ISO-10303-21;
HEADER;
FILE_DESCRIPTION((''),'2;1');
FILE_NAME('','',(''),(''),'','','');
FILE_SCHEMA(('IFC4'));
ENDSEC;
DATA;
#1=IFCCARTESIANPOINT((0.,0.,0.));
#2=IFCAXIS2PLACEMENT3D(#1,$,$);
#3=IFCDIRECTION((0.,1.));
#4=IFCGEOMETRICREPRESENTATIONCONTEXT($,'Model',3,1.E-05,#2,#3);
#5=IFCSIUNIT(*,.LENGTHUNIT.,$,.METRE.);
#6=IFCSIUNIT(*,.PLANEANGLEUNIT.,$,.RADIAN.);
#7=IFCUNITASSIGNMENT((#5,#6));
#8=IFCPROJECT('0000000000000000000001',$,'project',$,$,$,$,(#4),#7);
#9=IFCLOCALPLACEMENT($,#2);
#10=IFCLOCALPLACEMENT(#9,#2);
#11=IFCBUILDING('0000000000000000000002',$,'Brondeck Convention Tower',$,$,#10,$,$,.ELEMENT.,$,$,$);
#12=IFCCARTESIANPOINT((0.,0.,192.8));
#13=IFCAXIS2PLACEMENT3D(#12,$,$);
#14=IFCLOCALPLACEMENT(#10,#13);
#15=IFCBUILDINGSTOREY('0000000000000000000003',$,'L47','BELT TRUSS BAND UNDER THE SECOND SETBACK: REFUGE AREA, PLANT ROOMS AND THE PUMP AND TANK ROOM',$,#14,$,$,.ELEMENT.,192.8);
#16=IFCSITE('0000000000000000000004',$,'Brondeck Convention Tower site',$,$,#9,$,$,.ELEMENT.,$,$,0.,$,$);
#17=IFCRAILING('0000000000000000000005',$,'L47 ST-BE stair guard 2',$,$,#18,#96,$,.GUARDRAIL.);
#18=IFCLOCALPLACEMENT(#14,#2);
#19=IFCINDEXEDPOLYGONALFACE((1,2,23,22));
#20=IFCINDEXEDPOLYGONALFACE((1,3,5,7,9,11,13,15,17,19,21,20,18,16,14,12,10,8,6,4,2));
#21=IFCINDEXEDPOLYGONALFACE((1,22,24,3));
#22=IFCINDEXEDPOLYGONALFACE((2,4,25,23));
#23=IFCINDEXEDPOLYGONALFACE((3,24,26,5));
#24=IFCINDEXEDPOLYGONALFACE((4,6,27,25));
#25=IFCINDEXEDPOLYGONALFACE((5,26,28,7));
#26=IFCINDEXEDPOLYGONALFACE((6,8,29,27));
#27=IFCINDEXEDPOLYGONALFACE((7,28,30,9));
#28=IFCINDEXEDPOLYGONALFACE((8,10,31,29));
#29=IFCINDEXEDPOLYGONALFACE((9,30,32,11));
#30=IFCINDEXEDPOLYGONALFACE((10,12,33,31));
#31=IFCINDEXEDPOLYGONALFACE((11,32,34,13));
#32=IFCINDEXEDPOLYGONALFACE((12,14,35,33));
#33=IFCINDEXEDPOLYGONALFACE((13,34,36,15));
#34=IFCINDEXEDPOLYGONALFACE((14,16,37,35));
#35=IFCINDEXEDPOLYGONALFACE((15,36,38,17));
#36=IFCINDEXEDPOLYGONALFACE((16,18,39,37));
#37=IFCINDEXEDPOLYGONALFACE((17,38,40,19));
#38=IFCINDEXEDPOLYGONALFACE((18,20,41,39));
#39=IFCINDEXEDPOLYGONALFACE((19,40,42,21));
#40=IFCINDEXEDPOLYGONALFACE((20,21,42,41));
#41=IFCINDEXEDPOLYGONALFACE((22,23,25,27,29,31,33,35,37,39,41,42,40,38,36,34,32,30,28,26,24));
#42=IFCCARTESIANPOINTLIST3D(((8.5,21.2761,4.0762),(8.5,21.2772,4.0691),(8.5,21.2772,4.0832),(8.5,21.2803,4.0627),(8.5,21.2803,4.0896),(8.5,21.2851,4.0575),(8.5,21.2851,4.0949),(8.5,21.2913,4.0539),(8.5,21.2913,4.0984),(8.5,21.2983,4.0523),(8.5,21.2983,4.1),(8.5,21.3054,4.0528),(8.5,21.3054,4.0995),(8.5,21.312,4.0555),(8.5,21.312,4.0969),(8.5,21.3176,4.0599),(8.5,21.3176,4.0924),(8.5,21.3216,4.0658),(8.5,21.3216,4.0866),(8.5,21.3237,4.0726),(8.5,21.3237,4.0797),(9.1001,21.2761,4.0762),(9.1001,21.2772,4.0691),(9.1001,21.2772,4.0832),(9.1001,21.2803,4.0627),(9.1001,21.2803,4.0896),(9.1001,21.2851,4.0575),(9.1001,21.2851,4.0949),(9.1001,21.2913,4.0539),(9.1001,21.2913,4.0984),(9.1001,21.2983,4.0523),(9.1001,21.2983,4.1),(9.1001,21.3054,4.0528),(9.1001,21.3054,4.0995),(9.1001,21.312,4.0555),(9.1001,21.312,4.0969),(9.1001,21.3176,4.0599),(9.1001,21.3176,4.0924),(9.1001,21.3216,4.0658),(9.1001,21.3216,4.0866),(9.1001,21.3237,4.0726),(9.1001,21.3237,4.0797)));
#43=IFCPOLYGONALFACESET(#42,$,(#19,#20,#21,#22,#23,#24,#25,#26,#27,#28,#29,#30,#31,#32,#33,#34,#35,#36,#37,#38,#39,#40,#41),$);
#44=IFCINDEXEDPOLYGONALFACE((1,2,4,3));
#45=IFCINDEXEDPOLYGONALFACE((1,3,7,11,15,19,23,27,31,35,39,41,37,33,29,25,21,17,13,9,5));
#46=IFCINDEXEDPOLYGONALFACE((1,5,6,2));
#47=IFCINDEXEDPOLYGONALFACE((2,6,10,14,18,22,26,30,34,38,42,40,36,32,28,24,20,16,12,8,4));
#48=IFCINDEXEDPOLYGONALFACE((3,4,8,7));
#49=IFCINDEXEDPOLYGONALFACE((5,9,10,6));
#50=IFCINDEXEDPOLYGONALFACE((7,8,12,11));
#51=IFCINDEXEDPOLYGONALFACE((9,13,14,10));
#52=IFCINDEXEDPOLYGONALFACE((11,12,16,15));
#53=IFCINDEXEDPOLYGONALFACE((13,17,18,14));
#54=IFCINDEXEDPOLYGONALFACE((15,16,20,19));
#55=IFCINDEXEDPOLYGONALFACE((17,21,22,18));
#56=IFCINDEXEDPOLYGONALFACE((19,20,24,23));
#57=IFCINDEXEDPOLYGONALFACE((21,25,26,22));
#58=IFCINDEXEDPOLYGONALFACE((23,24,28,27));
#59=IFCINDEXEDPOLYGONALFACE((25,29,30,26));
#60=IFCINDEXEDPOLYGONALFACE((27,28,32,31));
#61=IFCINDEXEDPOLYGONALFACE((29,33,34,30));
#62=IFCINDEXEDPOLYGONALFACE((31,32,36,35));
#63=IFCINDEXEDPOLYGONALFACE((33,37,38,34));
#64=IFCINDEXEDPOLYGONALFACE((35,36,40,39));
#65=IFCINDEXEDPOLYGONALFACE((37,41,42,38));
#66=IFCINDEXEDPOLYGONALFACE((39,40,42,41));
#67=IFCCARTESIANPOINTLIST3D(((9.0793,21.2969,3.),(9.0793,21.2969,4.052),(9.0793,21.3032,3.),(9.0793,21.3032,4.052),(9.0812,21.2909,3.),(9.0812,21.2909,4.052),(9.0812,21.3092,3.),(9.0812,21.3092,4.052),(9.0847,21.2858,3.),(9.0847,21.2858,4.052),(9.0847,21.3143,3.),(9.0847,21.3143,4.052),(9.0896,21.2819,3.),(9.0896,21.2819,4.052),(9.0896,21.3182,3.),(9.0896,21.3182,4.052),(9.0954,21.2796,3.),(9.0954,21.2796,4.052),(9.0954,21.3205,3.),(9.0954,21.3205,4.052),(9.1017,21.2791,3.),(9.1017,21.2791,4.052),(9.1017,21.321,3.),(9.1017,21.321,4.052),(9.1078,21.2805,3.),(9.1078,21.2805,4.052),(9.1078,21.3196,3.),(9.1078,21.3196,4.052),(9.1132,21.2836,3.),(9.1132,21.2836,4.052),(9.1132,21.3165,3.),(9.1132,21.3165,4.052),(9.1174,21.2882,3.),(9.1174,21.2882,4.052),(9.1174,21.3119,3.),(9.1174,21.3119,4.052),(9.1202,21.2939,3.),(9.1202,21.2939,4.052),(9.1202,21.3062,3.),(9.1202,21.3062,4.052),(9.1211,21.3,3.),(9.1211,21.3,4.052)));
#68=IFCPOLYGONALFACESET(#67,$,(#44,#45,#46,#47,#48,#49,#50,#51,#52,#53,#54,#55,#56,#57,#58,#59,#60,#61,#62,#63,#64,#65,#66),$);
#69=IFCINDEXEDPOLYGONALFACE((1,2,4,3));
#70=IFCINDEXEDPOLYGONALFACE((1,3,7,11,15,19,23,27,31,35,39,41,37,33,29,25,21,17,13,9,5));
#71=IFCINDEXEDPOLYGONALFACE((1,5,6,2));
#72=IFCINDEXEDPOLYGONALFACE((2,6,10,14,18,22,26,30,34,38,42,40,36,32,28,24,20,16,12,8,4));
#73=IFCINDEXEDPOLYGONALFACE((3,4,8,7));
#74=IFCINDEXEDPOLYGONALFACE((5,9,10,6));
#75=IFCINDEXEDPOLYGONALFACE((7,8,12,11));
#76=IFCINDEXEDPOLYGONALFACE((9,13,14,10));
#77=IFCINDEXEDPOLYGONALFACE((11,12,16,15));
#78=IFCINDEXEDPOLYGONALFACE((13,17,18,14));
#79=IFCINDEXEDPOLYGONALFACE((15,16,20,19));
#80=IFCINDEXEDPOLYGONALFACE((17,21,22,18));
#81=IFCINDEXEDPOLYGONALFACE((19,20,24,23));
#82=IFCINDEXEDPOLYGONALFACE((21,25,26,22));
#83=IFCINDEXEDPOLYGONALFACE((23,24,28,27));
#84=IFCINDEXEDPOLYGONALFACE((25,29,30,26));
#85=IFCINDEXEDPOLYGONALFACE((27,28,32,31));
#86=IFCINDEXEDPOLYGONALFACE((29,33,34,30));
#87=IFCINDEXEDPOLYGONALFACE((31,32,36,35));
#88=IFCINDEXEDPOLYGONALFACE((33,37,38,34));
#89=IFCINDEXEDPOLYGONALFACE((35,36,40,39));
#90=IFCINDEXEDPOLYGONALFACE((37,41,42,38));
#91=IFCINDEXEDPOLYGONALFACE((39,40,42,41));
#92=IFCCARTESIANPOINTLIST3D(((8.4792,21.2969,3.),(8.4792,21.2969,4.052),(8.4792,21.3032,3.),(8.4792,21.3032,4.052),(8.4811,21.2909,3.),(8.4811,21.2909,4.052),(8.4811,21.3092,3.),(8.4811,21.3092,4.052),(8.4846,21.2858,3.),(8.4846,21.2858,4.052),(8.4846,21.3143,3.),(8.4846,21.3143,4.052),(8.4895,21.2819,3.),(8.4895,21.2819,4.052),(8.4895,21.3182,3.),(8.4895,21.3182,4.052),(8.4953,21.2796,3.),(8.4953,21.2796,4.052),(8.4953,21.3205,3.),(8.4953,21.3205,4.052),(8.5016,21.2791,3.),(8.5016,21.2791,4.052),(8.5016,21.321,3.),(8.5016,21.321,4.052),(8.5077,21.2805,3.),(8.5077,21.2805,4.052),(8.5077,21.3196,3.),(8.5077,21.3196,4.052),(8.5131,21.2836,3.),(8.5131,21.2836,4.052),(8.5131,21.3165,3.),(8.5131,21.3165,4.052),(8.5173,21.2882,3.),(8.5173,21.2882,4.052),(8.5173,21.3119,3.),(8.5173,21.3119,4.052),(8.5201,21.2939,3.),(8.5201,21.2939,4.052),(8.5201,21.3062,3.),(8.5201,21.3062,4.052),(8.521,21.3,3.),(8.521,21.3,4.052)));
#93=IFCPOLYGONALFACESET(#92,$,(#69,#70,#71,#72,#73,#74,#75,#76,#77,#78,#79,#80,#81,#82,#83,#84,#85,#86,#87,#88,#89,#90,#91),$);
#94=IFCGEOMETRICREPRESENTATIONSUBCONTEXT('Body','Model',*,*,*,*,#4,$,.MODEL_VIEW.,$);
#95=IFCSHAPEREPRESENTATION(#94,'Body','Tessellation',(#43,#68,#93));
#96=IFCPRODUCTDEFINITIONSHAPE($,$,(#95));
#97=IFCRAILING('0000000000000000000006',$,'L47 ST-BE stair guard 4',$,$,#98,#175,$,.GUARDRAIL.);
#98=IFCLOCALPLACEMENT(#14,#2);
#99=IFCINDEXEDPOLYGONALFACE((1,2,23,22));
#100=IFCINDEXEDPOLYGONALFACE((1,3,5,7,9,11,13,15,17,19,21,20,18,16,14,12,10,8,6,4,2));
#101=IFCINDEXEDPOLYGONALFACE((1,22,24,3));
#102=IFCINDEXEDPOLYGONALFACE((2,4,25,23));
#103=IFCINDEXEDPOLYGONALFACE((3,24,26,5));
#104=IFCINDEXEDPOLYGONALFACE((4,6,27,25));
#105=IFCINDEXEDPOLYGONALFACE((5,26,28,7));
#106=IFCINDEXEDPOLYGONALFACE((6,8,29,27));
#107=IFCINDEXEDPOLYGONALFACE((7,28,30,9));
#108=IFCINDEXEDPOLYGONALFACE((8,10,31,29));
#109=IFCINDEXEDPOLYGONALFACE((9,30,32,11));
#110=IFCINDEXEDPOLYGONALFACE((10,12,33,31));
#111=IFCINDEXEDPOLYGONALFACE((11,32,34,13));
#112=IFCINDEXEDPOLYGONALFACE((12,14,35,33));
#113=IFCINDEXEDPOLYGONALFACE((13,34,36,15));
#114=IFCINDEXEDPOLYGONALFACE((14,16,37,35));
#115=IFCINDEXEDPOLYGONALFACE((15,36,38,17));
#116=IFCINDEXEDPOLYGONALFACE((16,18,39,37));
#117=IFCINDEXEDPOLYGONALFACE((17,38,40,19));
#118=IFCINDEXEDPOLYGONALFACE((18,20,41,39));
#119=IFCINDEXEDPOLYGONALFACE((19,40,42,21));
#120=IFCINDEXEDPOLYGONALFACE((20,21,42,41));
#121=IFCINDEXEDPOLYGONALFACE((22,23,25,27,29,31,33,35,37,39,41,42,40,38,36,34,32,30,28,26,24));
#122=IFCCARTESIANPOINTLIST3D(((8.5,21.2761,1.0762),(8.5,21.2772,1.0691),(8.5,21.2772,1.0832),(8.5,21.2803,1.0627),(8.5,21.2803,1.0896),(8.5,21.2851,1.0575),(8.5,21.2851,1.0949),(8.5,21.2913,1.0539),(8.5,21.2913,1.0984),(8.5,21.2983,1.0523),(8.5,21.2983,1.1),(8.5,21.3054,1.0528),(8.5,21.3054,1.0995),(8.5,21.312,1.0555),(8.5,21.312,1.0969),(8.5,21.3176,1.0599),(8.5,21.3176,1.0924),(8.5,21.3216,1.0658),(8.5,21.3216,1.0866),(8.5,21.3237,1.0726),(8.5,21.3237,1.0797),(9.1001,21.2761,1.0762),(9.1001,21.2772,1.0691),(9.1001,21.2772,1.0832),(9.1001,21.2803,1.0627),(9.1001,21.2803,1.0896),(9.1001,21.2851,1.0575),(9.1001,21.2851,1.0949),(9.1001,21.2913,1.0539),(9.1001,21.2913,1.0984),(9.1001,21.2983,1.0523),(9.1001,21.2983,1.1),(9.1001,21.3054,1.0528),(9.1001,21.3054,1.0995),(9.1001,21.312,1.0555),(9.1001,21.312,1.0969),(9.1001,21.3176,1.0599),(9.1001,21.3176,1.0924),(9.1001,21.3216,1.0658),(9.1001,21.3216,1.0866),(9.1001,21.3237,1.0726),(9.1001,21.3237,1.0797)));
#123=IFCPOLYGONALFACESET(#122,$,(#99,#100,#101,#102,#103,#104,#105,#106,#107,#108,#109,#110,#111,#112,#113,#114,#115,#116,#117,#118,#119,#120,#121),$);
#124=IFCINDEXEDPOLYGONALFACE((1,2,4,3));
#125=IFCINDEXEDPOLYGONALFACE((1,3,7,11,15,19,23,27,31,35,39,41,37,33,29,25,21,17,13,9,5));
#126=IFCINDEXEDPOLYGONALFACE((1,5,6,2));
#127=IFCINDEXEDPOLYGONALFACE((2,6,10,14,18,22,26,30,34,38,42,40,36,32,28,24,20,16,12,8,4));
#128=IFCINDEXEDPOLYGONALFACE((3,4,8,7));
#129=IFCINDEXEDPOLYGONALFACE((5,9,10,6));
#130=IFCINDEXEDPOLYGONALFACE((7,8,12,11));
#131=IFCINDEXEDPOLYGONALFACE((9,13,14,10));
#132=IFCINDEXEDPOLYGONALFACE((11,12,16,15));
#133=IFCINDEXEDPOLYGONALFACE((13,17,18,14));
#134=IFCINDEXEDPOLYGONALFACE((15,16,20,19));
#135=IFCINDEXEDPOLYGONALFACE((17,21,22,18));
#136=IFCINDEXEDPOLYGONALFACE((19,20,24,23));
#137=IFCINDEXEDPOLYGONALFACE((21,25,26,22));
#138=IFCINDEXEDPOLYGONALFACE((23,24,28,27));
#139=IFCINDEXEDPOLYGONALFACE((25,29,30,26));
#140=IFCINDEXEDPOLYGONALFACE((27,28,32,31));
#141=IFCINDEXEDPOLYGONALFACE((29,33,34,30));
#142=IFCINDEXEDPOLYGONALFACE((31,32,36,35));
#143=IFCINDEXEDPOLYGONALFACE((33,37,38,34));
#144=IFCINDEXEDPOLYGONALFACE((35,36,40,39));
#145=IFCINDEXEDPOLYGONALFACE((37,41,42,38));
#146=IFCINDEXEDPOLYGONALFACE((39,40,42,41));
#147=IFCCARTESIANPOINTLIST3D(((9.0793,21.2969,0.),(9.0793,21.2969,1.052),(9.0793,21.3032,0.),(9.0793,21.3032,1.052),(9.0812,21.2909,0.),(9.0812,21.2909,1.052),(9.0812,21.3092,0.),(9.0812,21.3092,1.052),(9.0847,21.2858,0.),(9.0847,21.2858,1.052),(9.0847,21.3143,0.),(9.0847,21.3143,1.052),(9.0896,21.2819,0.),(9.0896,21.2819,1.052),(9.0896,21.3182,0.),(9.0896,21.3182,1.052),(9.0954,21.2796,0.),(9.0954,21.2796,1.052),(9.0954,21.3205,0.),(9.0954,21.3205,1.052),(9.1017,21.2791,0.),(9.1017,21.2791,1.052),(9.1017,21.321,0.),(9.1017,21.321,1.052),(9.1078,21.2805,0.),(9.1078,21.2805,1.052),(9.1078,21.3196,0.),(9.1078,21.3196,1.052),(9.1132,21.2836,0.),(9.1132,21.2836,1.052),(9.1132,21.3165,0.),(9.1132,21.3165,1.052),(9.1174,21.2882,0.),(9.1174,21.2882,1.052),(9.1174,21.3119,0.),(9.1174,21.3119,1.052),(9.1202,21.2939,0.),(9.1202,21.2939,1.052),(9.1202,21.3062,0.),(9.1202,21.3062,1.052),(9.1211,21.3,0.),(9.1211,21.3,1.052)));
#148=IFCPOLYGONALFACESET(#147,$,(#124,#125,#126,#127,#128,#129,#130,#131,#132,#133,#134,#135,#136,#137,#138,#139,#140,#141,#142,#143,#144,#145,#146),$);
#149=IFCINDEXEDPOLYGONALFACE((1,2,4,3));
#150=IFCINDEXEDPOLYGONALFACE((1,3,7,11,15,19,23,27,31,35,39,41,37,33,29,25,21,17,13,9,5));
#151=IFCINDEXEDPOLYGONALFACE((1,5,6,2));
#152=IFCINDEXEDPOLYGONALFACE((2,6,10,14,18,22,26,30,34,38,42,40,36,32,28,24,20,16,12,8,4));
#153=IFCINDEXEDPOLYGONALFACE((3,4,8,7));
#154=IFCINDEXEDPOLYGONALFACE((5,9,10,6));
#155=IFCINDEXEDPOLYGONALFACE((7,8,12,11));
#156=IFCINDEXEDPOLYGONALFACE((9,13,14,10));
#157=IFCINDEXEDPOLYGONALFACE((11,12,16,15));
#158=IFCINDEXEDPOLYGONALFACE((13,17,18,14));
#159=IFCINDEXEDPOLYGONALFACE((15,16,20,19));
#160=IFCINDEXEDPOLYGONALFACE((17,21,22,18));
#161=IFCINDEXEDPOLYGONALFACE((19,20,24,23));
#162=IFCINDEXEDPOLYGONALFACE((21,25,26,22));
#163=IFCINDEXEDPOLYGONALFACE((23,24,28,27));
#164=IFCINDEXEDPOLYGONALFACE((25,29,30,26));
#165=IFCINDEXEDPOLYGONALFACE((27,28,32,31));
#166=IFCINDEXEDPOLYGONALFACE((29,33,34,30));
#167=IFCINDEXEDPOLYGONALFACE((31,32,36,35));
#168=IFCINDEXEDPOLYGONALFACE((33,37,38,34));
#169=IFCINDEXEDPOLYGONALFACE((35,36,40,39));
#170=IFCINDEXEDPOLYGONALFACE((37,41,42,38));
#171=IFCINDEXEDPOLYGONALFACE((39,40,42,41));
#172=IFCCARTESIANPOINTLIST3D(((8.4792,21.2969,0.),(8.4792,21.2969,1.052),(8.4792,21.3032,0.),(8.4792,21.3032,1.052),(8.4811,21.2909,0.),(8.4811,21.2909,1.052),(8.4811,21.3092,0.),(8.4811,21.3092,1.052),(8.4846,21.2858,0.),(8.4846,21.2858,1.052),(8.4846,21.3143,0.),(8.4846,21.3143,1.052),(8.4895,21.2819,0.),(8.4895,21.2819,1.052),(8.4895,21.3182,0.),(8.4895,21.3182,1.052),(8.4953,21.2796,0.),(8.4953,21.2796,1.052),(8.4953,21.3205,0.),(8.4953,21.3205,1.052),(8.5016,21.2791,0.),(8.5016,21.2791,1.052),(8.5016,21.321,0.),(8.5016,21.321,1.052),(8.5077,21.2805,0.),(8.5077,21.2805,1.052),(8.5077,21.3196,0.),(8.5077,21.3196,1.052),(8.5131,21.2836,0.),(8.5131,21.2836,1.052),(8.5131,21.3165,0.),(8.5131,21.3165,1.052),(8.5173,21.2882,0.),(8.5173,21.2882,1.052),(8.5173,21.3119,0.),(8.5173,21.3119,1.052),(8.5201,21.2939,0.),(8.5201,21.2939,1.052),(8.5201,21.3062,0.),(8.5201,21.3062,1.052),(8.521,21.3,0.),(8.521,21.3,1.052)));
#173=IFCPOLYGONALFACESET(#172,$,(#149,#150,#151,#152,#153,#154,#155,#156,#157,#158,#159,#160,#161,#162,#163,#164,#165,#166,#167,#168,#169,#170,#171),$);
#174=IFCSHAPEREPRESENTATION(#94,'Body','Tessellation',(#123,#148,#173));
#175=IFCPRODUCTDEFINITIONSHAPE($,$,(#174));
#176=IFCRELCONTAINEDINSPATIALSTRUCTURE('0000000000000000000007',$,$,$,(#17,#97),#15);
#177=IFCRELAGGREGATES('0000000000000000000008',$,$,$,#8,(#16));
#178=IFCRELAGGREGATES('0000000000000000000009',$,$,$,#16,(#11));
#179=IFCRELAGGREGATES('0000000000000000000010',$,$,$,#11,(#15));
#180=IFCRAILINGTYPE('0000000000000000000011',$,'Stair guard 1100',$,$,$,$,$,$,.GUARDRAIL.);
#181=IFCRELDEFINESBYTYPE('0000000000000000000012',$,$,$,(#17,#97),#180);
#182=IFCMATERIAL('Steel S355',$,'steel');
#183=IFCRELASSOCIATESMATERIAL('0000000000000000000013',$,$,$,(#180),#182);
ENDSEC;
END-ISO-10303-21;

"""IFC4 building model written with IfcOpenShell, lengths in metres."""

from ifc_helpers import new_model, si_unit, direction, frame, origin, origin_2d, place, context, subcontext, project, spatial, circle, extrude, material, type_object, element, save


model = new_model("IFC4")

# Units and contexts
model_context = context("Model", 3, precision=1e-05, world=origin(), true_north=direction((0.0, 1.0)))
body_context = subcontext(model_context, "Body", "Model", "MODEL_VIEW")
ifc_project = project(units=[si_unit("LENGTHUNIT", "METRE"), si_unit("PLANEANGLEUNIT", "RADIAN")], contexts=[model_context])

# Site, building, storey
site_placement = place(None, origin())
site = spatial("IfcSite", under=ifc_project, at=site_placement, Name="Brondeck Convention Tower site", CompositionType="ELEMENT", RefElevation=0.0)
building_placement = place(site_placement, origin())
building = spatial("IfcBuilding", under=site, at=building_placement, Name="Brondeck Convention Tower", CompositionType="ELEMENT")
storey_placement = place(building_placement, frame((0.0, 0.0, 192.8)))
storey = spatial("IfcBuildingStorey", under=building, at=storey_placement, Name="L47", Description="BELT TRUSS BAND UNDER THE SECOND SETBACK: REFUGE AREA, PLANT ROOMS AND THE PUMP AND TANK ROOM", CompositionType="ELEMENT", Elevation=192.8)

# Shared definitions
ifc_material_1 = material(Name="Steel S355", Category="steel")

# Railings
railing_type_1 = type_object("IfcRailingType", Name="Stair guard 1100", PredefinedType="GUARDRAIL", material=ifc_material_1)
railing_1_placement = place(storey_placement, frame((9.1001, 21.3, 3.0)))
element("IfcRailing", 1, at=railing_1_placement, inside=storey, type_object=railing_type_1, Name="L47 ST-BE stair guard 2", PredefinedType="GUARDRAIL", context=body_context, shape_type="SweptSolid", body=[
    extrude(circle(Radius=0.0239, at=origin_2d()), frame((0.0, 0.0, 1.0762), z_axis=(-1.0, 0.0, 0.0), x_axis=(0.0, -1.0, 0.0)), (0.0, 0.0, 1.0), 0.6001),
    extrude(circle(Radius=0.021, at=origin_2d()), origin(), (0.0, 0.0, 1.0), 1.052),
    extrude(circle(Radius=0.021, at=origin_2d()), frame((-0.6001, 0.0, 0.0)), (0.0, 0.0, 1.0), 1.052),
])
railing_2_placement = place(storey_placement, frame((9.1001, 21.3, 0.0)))
element("IfcRailing", 2, at=railing_2_placement, inside=storey, type_object=railing_type_1, Name="L47 ST-BE stair guard 4", PredefinedType="GUARDRAIL", context=body_context, shape_type="SweptSolid", body=[
    extrude(circle(Radius=0.0239, at=origin_2d()), frame((0.0, 0.0, 1.0762), z_axis=(-1.0, 0.0, 0.0), x_axis=(0.0, -1.0, 0.0)), (0.0, 0.0, 1.0), 0.6001),
    extrude(circle(Radius=0.021, at=origin_2d()), origin(), (0.0, 0.0, 1.0), 1.052),
    extrude(circle(Radius=0.021, at=origin_2d()), frame((-0.6001, 0.0, 0.0)), (0.0, 0.0, 1.0), 1.052),
])

save(model, "model.ifc")
